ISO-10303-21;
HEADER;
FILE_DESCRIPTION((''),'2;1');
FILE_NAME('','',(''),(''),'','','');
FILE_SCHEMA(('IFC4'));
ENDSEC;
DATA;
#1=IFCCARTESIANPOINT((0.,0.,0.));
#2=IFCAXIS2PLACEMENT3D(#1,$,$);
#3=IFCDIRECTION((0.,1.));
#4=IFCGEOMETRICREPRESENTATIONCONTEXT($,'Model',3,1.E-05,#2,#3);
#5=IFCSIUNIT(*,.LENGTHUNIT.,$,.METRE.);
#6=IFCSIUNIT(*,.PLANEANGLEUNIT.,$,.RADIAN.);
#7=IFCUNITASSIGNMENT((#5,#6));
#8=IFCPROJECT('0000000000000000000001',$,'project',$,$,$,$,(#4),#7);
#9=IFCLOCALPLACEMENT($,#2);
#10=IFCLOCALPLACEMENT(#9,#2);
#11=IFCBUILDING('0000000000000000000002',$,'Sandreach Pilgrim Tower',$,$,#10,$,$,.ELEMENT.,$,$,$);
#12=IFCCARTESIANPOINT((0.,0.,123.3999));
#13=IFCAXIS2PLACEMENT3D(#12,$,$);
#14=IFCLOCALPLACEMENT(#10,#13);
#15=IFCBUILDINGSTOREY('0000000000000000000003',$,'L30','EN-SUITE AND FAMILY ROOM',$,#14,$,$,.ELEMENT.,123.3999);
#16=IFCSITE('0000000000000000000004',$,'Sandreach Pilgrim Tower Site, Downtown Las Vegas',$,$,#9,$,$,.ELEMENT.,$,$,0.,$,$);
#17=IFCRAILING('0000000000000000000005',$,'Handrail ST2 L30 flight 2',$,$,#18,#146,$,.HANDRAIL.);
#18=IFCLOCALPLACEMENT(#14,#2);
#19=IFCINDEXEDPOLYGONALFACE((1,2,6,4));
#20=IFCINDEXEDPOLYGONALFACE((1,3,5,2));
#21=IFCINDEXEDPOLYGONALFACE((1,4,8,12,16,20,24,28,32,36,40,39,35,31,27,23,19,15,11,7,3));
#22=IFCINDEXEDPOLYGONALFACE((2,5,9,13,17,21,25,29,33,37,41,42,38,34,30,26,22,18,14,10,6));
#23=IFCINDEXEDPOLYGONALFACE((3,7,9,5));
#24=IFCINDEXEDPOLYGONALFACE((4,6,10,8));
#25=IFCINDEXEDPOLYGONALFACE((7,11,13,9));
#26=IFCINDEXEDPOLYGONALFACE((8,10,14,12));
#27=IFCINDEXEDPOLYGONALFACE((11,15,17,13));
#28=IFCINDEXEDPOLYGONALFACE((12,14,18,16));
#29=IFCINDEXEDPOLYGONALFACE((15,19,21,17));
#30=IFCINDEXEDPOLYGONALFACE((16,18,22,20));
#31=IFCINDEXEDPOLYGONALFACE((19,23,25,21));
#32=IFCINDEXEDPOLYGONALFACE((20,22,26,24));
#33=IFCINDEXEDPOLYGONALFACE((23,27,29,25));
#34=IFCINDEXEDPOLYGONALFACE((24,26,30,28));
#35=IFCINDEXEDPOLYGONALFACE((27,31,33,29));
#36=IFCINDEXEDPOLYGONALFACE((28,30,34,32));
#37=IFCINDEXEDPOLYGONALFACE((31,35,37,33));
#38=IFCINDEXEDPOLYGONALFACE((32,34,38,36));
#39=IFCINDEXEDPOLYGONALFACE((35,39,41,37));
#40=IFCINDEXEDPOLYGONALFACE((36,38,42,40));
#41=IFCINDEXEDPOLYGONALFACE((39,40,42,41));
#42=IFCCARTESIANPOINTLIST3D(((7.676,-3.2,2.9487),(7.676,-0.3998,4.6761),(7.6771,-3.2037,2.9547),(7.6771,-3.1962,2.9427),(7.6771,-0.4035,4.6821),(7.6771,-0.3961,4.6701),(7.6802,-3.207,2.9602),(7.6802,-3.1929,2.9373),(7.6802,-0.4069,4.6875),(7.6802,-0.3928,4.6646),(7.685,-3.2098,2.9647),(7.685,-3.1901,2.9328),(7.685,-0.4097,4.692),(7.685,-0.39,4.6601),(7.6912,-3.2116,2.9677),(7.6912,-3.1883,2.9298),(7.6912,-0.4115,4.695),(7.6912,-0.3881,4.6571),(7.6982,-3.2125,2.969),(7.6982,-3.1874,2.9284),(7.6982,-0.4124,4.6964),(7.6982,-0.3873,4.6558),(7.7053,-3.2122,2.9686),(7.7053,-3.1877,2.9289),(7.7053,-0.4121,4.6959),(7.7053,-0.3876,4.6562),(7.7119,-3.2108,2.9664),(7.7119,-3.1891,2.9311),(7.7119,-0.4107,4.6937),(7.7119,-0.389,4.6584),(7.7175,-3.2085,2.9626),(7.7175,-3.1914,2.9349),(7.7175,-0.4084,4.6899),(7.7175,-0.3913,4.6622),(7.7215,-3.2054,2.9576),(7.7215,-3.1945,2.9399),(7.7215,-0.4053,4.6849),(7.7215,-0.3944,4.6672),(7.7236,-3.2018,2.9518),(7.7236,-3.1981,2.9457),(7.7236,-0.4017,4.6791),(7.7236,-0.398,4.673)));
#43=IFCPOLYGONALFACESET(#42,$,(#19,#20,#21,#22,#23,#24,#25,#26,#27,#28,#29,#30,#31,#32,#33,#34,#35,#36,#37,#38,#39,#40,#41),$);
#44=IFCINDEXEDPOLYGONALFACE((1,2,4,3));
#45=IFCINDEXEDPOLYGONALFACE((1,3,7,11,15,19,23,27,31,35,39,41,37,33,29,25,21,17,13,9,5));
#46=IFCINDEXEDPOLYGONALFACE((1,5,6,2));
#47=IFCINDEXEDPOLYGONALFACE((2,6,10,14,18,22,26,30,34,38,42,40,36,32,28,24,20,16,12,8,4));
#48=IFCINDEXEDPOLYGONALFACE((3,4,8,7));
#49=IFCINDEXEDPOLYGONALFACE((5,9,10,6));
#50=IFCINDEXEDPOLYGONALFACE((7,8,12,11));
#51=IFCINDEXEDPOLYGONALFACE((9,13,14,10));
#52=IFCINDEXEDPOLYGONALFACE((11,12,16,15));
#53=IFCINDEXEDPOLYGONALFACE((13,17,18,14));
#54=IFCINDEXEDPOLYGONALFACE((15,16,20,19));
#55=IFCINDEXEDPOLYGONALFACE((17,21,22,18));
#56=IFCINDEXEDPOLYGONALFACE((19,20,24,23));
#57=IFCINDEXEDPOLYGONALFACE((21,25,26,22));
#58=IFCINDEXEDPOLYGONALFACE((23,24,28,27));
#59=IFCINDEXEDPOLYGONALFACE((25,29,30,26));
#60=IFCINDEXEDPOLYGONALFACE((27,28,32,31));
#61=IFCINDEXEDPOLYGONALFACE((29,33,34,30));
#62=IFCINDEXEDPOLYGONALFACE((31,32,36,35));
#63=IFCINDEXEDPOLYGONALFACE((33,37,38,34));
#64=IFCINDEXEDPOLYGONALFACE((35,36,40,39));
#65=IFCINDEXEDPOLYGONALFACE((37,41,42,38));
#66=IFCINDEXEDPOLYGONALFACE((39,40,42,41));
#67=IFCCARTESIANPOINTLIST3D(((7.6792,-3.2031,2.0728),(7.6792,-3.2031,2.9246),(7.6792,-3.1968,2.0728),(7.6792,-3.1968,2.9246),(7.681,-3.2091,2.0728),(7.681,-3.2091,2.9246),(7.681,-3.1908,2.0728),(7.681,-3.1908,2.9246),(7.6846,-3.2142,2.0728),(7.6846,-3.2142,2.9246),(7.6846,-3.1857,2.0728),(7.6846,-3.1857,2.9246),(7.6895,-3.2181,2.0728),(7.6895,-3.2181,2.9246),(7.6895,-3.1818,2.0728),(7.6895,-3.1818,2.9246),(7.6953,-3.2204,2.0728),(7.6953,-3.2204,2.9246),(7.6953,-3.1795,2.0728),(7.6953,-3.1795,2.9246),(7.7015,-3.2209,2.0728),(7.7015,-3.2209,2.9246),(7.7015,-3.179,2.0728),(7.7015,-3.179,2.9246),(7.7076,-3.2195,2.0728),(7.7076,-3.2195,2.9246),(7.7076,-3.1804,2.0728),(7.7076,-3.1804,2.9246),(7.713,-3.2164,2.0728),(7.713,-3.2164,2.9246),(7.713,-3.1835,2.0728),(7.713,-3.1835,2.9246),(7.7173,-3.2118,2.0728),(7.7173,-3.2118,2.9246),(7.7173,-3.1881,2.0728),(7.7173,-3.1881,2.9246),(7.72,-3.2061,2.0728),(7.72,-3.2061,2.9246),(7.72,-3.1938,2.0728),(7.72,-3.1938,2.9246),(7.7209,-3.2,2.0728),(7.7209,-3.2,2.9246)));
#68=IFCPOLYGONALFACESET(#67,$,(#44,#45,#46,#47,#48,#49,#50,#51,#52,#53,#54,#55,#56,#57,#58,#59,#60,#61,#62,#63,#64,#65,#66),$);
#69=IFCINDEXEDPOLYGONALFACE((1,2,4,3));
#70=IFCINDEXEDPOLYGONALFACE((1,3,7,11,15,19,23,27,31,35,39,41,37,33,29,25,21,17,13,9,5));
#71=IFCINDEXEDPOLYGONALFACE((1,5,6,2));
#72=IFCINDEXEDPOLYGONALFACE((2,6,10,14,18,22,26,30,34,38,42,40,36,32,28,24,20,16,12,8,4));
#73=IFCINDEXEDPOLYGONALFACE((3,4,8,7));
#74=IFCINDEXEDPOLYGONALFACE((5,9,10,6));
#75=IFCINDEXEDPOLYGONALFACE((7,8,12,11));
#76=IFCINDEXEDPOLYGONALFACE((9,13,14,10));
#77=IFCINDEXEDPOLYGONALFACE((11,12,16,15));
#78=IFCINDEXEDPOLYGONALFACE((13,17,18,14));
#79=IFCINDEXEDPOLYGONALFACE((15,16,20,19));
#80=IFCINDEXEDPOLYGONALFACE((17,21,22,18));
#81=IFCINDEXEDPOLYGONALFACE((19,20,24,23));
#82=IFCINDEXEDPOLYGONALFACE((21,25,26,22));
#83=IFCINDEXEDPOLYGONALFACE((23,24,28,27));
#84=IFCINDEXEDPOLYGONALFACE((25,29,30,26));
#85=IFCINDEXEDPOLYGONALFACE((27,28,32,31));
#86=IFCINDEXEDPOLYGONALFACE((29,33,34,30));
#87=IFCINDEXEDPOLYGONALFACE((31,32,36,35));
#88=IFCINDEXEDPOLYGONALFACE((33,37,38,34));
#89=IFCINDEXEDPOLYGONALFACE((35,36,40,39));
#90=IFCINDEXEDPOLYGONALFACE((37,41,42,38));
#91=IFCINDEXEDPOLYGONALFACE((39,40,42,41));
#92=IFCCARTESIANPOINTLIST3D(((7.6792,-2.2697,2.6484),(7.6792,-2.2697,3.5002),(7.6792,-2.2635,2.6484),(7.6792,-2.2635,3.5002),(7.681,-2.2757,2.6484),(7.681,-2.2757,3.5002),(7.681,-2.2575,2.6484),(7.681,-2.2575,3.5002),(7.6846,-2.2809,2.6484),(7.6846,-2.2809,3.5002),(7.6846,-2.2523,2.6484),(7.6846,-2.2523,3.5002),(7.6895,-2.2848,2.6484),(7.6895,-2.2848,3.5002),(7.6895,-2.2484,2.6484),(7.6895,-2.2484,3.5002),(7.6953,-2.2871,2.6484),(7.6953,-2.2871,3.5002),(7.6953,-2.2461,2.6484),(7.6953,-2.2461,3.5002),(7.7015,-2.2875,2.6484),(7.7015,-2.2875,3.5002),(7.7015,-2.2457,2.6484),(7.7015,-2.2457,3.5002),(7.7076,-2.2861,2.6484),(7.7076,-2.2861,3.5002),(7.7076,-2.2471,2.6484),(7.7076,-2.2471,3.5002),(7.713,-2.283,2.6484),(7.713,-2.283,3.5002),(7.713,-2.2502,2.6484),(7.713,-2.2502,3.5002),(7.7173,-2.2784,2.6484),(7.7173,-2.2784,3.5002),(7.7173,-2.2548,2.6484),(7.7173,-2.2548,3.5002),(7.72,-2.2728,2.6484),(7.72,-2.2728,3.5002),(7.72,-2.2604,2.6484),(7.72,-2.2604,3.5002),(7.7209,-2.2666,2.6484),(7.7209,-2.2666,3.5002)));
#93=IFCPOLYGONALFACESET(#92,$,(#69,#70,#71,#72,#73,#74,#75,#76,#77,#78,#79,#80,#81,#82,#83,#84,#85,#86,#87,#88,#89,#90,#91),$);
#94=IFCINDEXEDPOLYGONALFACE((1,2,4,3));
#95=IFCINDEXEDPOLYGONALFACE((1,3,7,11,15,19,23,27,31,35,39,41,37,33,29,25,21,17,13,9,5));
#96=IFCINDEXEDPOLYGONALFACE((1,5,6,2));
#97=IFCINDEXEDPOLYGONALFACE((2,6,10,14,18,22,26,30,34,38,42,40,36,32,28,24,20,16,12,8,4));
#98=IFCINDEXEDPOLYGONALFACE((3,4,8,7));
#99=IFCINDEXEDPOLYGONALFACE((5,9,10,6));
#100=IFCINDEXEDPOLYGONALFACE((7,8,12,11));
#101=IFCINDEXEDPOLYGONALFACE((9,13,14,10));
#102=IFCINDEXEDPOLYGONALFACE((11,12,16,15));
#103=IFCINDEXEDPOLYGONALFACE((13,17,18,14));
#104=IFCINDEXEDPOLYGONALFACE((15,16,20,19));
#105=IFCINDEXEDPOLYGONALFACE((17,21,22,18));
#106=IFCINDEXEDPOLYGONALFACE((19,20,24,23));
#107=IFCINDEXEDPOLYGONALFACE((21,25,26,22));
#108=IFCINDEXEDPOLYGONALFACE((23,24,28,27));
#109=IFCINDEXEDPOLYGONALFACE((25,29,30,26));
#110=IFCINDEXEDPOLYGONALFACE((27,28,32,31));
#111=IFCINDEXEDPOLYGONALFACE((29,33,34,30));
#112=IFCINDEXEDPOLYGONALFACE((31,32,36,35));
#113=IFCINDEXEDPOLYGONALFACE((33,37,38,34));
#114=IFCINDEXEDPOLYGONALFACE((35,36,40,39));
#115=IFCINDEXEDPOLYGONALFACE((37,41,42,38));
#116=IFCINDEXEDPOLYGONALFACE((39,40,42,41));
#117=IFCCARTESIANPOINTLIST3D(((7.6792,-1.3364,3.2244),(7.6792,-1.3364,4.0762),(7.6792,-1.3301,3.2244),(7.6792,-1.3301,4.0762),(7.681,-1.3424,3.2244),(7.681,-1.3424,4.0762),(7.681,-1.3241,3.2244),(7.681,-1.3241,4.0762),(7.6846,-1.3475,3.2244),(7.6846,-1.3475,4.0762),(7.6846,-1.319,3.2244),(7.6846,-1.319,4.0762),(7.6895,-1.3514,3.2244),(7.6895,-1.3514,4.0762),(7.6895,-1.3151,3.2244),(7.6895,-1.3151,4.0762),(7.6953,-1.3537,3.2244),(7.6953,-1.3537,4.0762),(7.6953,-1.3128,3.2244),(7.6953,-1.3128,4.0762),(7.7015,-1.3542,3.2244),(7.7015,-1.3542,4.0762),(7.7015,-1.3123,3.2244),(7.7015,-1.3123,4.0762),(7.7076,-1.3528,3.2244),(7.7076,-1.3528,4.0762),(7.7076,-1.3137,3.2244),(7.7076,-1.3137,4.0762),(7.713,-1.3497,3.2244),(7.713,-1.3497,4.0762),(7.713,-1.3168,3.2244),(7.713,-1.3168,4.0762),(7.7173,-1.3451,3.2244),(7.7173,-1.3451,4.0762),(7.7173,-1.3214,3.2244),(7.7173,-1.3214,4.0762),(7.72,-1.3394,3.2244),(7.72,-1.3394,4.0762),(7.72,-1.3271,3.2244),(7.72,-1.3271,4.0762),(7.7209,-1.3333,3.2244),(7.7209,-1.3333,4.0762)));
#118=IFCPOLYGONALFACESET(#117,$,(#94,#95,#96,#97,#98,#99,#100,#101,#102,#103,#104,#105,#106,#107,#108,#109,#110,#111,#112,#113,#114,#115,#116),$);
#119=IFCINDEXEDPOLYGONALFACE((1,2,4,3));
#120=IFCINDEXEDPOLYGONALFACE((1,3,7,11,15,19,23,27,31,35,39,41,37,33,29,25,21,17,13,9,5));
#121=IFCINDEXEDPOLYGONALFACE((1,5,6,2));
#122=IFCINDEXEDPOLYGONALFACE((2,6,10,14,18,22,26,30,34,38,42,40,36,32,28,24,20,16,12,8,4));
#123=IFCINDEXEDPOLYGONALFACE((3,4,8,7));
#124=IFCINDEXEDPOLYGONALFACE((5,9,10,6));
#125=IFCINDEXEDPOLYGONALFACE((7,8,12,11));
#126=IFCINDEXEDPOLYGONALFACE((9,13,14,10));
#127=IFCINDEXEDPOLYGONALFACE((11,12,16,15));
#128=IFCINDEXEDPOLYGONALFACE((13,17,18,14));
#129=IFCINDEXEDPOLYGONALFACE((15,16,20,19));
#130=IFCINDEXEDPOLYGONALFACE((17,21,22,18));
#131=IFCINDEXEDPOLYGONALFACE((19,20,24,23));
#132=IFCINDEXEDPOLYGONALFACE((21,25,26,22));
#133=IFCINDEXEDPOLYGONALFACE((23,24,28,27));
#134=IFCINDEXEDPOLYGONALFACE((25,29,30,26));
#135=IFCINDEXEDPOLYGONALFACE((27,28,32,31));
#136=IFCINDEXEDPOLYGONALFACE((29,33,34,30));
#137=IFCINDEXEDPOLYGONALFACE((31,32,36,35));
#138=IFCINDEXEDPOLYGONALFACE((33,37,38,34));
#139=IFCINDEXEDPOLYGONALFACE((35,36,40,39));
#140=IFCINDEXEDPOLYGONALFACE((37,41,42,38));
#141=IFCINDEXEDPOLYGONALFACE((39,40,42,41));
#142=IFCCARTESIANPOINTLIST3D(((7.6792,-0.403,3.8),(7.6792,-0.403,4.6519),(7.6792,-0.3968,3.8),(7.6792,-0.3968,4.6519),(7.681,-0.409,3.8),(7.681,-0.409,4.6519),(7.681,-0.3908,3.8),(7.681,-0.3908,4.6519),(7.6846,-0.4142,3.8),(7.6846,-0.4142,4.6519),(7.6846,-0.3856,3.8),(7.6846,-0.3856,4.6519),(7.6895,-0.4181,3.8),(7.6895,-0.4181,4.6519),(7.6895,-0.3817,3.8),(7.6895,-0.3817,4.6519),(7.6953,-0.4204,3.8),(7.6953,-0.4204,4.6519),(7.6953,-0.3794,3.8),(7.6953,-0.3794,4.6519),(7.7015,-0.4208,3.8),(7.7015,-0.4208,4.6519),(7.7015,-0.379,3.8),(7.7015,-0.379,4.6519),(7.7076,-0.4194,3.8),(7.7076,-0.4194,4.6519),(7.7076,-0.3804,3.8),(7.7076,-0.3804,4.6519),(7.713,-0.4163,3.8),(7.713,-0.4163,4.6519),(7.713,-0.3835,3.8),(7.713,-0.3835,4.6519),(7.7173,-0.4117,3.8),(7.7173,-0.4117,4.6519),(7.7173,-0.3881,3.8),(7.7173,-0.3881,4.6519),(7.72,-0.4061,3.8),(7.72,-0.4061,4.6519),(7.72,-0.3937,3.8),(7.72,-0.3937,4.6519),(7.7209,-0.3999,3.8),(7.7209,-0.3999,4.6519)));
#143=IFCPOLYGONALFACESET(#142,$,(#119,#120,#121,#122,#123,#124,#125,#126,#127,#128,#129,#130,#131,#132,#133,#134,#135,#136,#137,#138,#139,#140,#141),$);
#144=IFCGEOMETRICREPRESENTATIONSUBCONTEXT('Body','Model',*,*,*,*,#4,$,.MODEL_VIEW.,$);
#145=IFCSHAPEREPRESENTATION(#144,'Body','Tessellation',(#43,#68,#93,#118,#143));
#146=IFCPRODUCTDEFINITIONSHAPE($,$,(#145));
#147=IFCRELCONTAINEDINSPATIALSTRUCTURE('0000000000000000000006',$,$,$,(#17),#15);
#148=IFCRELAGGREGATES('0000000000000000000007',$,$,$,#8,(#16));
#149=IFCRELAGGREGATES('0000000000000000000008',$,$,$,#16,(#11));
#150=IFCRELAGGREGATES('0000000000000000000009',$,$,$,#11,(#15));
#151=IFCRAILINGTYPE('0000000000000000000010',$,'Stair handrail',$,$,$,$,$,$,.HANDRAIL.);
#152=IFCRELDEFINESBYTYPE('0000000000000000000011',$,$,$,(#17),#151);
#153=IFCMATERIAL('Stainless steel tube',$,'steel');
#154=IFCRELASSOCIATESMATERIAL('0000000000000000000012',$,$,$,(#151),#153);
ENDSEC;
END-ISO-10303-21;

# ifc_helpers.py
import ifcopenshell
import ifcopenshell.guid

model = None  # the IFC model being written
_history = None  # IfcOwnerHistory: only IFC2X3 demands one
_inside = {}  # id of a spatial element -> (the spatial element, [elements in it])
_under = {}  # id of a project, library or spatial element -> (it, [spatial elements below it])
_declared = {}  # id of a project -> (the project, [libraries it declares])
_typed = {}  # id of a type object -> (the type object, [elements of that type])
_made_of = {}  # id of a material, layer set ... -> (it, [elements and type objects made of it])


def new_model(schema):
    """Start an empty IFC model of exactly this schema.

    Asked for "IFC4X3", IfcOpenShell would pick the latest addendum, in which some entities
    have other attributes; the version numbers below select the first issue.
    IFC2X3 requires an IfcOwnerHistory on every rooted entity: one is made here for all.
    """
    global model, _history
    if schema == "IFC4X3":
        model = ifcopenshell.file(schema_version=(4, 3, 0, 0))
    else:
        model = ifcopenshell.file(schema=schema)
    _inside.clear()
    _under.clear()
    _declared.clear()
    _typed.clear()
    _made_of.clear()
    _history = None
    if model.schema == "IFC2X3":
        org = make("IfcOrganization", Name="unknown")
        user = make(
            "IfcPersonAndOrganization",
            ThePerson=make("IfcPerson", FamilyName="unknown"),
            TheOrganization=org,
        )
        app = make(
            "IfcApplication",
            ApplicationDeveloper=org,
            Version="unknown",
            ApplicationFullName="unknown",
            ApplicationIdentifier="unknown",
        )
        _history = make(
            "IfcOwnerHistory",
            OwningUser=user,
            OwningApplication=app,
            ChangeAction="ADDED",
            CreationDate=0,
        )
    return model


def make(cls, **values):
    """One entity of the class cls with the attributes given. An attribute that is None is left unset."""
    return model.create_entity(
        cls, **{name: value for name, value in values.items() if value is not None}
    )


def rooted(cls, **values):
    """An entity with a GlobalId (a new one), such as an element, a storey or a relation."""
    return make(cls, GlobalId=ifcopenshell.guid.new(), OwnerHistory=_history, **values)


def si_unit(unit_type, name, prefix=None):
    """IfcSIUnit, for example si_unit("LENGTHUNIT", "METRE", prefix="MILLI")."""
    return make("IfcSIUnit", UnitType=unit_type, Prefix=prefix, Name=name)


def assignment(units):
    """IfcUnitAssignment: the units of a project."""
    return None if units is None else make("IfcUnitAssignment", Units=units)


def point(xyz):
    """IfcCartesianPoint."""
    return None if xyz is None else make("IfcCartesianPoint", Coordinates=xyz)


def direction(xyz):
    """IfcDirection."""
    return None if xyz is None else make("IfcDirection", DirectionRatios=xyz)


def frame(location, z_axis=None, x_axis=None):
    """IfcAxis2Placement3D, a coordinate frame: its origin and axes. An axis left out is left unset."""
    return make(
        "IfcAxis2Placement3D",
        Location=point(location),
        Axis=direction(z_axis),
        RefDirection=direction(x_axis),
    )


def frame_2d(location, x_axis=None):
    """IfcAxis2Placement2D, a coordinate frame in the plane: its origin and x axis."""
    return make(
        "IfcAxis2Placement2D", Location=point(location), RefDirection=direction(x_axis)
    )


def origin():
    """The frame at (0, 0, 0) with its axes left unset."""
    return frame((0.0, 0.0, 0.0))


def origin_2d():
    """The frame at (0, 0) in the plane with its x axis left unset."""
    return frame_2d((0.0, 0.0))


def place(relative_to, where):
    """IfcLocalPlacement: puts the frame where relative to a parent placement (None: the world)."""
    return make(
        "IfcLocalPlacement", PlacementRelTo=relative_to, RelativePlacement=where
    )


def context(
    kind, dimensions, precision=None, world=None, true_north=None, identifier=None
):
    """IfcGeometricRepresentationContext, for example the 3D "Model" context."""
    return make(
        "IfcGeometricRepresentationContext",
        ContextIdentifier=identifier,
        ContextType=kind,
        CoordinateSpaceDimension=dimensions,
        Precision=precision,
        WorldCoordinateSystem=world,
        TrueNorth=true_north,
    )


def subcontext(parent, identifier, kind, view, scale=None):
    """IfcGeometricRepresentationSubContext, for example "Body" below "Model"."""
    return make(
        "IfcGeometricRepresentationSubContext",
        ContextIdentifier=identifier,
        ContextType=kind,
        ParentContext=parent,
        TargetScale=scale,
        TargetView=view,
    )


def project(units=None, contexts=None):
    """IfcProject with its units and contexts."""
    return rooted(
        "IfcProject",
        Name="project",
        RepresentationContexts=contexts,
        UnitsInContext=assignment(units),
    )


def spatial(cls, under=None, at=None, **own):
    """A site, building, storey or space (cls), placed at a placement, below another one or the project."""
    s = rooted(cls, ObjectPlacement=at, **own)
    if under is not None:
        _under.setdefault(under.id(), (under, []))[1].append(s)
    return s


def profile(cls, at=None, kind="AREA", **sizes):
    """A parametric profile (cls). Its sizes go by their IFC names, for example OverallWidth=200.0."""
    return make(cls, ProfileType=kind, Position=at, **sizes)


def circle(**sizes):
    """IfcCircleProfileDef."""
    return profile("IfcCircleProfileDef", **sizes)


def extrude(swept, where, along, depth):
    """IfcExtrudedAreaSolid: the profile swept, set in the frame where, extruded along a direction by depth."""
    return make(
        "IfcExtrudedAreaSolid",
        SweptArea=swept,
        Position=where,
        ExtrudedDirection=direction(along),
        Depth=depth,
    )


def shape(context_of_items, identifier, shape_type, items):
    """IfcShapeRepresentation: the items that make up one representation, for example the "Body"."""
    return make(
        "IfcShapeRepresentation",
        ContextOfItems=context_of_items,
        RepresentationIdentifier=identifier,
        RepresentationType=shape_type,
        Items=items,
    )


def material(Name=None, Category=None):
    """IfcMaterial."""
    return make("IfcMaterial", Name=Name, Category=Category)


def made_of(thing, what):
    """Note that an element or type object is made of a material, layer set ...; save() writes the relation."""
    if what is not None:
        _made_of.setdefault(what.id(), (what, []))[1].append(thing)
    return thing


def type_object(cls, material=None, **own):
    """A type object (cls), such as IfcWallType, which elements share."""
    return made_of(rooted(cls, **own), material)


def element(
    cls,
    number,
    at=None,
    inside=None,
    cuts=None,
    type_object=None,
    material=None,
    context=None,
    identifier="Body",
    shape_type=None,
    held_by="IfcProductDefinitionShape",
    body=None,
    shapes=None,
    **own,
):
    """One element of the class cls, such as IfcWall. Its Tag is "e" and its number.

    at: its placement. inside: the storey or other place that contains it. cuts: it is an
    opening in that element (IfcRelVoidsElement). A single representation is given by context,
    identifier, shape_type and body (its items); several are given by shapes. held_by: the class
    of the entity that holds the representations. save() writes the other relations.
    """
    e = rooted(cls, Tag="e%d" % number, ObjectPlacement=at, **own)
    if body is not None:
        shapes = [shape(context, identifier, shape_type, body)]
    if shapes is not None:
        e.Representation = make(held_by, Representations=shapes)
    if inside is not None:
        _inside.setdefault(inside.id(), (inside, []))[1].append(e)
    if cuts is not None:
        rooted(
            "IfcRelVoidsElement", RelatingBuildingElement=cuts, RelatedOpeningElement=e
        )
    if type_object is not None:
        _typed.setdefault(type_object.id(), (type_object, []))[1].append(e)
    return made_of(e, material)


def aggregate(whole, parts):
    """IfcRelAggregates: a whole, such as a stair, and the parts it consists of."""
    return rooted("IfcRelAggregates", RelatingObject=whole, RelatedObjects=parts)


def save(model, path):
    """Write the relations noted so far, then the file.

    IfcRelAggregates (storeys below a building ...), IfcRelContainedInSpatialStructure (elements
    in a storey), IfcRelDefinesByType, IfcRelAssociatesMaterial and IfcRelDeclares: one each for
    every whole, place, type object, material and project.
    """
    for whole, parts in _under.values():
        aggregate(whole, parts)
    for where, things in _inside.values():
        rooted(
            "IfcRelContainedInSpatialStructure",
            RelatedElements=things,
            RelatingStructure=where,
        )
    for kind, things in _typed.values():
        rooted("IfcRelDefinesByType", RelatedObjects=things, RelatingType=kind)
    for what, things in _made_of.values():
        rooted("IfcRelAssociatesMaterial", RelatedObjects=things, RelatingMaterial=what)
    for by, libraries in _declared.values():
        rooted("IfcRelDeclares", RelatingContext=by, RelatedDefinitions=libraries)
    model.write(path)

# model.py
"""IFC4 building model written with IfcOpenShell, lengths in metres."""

from ifc_helpers import new_model, si_unit, direction, frame, origin, origin_2d, place, context, subcontext, project, spatial, circle, extrude, material, type_object, element, save


model = new_model("IFC4")

# Units and contexts
model_context = context("Model", 3, precision=1e-05, world=origin(), true_north=direction((0.0, 1.0)))
body_context = subcontext(model_context, "Body", "Model", "MODEL_VIEW")
ifc_project = project(units=[si_unit("LENGTHUNIT", "METRE"), si_unit("PLANEANGLEUNIT", "RADIAN")], contexts=[model_context])

# Site, building, storey
site_placement = place(None, origin())
site = spatial("IfcSite", under=ifc_project, at=site_placement, Name="Sandreach Pilgrim Tower Site, Downtown Las Vegas", CompositionType="ELEMENT", RefElevation=0.0)
building_placement = place(site_placement, origin())
building = spatial("IfcBuilding", under=site, at=building_placement, Name="Sandreach Pilgrim Tower", CompositionType="ELEMENT")
storey_placement = place(building_placement, frame((0.0, 0.0, 123.3999)))
storey = spatial("IfcBuildingStorey", under=building, at=storey_placement, Name="L30", Description="EN-SUITE AND FAMILY ROOM", CompositionType="ELEMENT", Elevation=123.3999)

# Railing
ifc_material_1 = material(Name="Stainless steel tube", Category="steel")
railing_type = type_object("IfcRailingType", Name="Stair handrail", PredefinedType="HANDRAIL", material=ifc_material_1)
for number, where, name in (
    (1, (7.7, -3.2, 2.0728), "Handrail ST2 L30 flight 2"),
):
    element("IfcRailing", number, at=place(storey_placement, frame(where)), inside=storey, type_object=railing_type, Name=name, PredefinedType="HANDRAIL", context=body_context, shape_type="SweptSolid", body=[
        extrude(circle(Radius=0.0239, at=origin_2d()), frame((0.0, 0.0, 0.876), z_axis=(0.0, 0.85109, 0.52502), x_axis=(-1.0, 0.0, 0.0)), (0.0, 0.0, 1.0), 3.29),
        extrude(circle(Radius=0.021, at=origin_2d()), origin(), (0.0, 0.0, 1.0), 0.8518),
        extrude(circle(Radius=0.021, at=origin_2d()), frame((0.0, 0.9333, 0.5757)), (0.0, 0.0, 1.0), 0.8518),
        extrude(circle(Radius=0.021, at=origin_2d()), frame((0.0, 1.8667, 1.1516)), (0.0, 0.0, 1.0), 0.8518),
        extrude(circle(Radius=0.021, at=origin_2d()), frame((0.0, 2.8, 1.7273)), (0.0, 0.0, 1.0), 0.8518),
    ])

save(model, "model.ifc")
